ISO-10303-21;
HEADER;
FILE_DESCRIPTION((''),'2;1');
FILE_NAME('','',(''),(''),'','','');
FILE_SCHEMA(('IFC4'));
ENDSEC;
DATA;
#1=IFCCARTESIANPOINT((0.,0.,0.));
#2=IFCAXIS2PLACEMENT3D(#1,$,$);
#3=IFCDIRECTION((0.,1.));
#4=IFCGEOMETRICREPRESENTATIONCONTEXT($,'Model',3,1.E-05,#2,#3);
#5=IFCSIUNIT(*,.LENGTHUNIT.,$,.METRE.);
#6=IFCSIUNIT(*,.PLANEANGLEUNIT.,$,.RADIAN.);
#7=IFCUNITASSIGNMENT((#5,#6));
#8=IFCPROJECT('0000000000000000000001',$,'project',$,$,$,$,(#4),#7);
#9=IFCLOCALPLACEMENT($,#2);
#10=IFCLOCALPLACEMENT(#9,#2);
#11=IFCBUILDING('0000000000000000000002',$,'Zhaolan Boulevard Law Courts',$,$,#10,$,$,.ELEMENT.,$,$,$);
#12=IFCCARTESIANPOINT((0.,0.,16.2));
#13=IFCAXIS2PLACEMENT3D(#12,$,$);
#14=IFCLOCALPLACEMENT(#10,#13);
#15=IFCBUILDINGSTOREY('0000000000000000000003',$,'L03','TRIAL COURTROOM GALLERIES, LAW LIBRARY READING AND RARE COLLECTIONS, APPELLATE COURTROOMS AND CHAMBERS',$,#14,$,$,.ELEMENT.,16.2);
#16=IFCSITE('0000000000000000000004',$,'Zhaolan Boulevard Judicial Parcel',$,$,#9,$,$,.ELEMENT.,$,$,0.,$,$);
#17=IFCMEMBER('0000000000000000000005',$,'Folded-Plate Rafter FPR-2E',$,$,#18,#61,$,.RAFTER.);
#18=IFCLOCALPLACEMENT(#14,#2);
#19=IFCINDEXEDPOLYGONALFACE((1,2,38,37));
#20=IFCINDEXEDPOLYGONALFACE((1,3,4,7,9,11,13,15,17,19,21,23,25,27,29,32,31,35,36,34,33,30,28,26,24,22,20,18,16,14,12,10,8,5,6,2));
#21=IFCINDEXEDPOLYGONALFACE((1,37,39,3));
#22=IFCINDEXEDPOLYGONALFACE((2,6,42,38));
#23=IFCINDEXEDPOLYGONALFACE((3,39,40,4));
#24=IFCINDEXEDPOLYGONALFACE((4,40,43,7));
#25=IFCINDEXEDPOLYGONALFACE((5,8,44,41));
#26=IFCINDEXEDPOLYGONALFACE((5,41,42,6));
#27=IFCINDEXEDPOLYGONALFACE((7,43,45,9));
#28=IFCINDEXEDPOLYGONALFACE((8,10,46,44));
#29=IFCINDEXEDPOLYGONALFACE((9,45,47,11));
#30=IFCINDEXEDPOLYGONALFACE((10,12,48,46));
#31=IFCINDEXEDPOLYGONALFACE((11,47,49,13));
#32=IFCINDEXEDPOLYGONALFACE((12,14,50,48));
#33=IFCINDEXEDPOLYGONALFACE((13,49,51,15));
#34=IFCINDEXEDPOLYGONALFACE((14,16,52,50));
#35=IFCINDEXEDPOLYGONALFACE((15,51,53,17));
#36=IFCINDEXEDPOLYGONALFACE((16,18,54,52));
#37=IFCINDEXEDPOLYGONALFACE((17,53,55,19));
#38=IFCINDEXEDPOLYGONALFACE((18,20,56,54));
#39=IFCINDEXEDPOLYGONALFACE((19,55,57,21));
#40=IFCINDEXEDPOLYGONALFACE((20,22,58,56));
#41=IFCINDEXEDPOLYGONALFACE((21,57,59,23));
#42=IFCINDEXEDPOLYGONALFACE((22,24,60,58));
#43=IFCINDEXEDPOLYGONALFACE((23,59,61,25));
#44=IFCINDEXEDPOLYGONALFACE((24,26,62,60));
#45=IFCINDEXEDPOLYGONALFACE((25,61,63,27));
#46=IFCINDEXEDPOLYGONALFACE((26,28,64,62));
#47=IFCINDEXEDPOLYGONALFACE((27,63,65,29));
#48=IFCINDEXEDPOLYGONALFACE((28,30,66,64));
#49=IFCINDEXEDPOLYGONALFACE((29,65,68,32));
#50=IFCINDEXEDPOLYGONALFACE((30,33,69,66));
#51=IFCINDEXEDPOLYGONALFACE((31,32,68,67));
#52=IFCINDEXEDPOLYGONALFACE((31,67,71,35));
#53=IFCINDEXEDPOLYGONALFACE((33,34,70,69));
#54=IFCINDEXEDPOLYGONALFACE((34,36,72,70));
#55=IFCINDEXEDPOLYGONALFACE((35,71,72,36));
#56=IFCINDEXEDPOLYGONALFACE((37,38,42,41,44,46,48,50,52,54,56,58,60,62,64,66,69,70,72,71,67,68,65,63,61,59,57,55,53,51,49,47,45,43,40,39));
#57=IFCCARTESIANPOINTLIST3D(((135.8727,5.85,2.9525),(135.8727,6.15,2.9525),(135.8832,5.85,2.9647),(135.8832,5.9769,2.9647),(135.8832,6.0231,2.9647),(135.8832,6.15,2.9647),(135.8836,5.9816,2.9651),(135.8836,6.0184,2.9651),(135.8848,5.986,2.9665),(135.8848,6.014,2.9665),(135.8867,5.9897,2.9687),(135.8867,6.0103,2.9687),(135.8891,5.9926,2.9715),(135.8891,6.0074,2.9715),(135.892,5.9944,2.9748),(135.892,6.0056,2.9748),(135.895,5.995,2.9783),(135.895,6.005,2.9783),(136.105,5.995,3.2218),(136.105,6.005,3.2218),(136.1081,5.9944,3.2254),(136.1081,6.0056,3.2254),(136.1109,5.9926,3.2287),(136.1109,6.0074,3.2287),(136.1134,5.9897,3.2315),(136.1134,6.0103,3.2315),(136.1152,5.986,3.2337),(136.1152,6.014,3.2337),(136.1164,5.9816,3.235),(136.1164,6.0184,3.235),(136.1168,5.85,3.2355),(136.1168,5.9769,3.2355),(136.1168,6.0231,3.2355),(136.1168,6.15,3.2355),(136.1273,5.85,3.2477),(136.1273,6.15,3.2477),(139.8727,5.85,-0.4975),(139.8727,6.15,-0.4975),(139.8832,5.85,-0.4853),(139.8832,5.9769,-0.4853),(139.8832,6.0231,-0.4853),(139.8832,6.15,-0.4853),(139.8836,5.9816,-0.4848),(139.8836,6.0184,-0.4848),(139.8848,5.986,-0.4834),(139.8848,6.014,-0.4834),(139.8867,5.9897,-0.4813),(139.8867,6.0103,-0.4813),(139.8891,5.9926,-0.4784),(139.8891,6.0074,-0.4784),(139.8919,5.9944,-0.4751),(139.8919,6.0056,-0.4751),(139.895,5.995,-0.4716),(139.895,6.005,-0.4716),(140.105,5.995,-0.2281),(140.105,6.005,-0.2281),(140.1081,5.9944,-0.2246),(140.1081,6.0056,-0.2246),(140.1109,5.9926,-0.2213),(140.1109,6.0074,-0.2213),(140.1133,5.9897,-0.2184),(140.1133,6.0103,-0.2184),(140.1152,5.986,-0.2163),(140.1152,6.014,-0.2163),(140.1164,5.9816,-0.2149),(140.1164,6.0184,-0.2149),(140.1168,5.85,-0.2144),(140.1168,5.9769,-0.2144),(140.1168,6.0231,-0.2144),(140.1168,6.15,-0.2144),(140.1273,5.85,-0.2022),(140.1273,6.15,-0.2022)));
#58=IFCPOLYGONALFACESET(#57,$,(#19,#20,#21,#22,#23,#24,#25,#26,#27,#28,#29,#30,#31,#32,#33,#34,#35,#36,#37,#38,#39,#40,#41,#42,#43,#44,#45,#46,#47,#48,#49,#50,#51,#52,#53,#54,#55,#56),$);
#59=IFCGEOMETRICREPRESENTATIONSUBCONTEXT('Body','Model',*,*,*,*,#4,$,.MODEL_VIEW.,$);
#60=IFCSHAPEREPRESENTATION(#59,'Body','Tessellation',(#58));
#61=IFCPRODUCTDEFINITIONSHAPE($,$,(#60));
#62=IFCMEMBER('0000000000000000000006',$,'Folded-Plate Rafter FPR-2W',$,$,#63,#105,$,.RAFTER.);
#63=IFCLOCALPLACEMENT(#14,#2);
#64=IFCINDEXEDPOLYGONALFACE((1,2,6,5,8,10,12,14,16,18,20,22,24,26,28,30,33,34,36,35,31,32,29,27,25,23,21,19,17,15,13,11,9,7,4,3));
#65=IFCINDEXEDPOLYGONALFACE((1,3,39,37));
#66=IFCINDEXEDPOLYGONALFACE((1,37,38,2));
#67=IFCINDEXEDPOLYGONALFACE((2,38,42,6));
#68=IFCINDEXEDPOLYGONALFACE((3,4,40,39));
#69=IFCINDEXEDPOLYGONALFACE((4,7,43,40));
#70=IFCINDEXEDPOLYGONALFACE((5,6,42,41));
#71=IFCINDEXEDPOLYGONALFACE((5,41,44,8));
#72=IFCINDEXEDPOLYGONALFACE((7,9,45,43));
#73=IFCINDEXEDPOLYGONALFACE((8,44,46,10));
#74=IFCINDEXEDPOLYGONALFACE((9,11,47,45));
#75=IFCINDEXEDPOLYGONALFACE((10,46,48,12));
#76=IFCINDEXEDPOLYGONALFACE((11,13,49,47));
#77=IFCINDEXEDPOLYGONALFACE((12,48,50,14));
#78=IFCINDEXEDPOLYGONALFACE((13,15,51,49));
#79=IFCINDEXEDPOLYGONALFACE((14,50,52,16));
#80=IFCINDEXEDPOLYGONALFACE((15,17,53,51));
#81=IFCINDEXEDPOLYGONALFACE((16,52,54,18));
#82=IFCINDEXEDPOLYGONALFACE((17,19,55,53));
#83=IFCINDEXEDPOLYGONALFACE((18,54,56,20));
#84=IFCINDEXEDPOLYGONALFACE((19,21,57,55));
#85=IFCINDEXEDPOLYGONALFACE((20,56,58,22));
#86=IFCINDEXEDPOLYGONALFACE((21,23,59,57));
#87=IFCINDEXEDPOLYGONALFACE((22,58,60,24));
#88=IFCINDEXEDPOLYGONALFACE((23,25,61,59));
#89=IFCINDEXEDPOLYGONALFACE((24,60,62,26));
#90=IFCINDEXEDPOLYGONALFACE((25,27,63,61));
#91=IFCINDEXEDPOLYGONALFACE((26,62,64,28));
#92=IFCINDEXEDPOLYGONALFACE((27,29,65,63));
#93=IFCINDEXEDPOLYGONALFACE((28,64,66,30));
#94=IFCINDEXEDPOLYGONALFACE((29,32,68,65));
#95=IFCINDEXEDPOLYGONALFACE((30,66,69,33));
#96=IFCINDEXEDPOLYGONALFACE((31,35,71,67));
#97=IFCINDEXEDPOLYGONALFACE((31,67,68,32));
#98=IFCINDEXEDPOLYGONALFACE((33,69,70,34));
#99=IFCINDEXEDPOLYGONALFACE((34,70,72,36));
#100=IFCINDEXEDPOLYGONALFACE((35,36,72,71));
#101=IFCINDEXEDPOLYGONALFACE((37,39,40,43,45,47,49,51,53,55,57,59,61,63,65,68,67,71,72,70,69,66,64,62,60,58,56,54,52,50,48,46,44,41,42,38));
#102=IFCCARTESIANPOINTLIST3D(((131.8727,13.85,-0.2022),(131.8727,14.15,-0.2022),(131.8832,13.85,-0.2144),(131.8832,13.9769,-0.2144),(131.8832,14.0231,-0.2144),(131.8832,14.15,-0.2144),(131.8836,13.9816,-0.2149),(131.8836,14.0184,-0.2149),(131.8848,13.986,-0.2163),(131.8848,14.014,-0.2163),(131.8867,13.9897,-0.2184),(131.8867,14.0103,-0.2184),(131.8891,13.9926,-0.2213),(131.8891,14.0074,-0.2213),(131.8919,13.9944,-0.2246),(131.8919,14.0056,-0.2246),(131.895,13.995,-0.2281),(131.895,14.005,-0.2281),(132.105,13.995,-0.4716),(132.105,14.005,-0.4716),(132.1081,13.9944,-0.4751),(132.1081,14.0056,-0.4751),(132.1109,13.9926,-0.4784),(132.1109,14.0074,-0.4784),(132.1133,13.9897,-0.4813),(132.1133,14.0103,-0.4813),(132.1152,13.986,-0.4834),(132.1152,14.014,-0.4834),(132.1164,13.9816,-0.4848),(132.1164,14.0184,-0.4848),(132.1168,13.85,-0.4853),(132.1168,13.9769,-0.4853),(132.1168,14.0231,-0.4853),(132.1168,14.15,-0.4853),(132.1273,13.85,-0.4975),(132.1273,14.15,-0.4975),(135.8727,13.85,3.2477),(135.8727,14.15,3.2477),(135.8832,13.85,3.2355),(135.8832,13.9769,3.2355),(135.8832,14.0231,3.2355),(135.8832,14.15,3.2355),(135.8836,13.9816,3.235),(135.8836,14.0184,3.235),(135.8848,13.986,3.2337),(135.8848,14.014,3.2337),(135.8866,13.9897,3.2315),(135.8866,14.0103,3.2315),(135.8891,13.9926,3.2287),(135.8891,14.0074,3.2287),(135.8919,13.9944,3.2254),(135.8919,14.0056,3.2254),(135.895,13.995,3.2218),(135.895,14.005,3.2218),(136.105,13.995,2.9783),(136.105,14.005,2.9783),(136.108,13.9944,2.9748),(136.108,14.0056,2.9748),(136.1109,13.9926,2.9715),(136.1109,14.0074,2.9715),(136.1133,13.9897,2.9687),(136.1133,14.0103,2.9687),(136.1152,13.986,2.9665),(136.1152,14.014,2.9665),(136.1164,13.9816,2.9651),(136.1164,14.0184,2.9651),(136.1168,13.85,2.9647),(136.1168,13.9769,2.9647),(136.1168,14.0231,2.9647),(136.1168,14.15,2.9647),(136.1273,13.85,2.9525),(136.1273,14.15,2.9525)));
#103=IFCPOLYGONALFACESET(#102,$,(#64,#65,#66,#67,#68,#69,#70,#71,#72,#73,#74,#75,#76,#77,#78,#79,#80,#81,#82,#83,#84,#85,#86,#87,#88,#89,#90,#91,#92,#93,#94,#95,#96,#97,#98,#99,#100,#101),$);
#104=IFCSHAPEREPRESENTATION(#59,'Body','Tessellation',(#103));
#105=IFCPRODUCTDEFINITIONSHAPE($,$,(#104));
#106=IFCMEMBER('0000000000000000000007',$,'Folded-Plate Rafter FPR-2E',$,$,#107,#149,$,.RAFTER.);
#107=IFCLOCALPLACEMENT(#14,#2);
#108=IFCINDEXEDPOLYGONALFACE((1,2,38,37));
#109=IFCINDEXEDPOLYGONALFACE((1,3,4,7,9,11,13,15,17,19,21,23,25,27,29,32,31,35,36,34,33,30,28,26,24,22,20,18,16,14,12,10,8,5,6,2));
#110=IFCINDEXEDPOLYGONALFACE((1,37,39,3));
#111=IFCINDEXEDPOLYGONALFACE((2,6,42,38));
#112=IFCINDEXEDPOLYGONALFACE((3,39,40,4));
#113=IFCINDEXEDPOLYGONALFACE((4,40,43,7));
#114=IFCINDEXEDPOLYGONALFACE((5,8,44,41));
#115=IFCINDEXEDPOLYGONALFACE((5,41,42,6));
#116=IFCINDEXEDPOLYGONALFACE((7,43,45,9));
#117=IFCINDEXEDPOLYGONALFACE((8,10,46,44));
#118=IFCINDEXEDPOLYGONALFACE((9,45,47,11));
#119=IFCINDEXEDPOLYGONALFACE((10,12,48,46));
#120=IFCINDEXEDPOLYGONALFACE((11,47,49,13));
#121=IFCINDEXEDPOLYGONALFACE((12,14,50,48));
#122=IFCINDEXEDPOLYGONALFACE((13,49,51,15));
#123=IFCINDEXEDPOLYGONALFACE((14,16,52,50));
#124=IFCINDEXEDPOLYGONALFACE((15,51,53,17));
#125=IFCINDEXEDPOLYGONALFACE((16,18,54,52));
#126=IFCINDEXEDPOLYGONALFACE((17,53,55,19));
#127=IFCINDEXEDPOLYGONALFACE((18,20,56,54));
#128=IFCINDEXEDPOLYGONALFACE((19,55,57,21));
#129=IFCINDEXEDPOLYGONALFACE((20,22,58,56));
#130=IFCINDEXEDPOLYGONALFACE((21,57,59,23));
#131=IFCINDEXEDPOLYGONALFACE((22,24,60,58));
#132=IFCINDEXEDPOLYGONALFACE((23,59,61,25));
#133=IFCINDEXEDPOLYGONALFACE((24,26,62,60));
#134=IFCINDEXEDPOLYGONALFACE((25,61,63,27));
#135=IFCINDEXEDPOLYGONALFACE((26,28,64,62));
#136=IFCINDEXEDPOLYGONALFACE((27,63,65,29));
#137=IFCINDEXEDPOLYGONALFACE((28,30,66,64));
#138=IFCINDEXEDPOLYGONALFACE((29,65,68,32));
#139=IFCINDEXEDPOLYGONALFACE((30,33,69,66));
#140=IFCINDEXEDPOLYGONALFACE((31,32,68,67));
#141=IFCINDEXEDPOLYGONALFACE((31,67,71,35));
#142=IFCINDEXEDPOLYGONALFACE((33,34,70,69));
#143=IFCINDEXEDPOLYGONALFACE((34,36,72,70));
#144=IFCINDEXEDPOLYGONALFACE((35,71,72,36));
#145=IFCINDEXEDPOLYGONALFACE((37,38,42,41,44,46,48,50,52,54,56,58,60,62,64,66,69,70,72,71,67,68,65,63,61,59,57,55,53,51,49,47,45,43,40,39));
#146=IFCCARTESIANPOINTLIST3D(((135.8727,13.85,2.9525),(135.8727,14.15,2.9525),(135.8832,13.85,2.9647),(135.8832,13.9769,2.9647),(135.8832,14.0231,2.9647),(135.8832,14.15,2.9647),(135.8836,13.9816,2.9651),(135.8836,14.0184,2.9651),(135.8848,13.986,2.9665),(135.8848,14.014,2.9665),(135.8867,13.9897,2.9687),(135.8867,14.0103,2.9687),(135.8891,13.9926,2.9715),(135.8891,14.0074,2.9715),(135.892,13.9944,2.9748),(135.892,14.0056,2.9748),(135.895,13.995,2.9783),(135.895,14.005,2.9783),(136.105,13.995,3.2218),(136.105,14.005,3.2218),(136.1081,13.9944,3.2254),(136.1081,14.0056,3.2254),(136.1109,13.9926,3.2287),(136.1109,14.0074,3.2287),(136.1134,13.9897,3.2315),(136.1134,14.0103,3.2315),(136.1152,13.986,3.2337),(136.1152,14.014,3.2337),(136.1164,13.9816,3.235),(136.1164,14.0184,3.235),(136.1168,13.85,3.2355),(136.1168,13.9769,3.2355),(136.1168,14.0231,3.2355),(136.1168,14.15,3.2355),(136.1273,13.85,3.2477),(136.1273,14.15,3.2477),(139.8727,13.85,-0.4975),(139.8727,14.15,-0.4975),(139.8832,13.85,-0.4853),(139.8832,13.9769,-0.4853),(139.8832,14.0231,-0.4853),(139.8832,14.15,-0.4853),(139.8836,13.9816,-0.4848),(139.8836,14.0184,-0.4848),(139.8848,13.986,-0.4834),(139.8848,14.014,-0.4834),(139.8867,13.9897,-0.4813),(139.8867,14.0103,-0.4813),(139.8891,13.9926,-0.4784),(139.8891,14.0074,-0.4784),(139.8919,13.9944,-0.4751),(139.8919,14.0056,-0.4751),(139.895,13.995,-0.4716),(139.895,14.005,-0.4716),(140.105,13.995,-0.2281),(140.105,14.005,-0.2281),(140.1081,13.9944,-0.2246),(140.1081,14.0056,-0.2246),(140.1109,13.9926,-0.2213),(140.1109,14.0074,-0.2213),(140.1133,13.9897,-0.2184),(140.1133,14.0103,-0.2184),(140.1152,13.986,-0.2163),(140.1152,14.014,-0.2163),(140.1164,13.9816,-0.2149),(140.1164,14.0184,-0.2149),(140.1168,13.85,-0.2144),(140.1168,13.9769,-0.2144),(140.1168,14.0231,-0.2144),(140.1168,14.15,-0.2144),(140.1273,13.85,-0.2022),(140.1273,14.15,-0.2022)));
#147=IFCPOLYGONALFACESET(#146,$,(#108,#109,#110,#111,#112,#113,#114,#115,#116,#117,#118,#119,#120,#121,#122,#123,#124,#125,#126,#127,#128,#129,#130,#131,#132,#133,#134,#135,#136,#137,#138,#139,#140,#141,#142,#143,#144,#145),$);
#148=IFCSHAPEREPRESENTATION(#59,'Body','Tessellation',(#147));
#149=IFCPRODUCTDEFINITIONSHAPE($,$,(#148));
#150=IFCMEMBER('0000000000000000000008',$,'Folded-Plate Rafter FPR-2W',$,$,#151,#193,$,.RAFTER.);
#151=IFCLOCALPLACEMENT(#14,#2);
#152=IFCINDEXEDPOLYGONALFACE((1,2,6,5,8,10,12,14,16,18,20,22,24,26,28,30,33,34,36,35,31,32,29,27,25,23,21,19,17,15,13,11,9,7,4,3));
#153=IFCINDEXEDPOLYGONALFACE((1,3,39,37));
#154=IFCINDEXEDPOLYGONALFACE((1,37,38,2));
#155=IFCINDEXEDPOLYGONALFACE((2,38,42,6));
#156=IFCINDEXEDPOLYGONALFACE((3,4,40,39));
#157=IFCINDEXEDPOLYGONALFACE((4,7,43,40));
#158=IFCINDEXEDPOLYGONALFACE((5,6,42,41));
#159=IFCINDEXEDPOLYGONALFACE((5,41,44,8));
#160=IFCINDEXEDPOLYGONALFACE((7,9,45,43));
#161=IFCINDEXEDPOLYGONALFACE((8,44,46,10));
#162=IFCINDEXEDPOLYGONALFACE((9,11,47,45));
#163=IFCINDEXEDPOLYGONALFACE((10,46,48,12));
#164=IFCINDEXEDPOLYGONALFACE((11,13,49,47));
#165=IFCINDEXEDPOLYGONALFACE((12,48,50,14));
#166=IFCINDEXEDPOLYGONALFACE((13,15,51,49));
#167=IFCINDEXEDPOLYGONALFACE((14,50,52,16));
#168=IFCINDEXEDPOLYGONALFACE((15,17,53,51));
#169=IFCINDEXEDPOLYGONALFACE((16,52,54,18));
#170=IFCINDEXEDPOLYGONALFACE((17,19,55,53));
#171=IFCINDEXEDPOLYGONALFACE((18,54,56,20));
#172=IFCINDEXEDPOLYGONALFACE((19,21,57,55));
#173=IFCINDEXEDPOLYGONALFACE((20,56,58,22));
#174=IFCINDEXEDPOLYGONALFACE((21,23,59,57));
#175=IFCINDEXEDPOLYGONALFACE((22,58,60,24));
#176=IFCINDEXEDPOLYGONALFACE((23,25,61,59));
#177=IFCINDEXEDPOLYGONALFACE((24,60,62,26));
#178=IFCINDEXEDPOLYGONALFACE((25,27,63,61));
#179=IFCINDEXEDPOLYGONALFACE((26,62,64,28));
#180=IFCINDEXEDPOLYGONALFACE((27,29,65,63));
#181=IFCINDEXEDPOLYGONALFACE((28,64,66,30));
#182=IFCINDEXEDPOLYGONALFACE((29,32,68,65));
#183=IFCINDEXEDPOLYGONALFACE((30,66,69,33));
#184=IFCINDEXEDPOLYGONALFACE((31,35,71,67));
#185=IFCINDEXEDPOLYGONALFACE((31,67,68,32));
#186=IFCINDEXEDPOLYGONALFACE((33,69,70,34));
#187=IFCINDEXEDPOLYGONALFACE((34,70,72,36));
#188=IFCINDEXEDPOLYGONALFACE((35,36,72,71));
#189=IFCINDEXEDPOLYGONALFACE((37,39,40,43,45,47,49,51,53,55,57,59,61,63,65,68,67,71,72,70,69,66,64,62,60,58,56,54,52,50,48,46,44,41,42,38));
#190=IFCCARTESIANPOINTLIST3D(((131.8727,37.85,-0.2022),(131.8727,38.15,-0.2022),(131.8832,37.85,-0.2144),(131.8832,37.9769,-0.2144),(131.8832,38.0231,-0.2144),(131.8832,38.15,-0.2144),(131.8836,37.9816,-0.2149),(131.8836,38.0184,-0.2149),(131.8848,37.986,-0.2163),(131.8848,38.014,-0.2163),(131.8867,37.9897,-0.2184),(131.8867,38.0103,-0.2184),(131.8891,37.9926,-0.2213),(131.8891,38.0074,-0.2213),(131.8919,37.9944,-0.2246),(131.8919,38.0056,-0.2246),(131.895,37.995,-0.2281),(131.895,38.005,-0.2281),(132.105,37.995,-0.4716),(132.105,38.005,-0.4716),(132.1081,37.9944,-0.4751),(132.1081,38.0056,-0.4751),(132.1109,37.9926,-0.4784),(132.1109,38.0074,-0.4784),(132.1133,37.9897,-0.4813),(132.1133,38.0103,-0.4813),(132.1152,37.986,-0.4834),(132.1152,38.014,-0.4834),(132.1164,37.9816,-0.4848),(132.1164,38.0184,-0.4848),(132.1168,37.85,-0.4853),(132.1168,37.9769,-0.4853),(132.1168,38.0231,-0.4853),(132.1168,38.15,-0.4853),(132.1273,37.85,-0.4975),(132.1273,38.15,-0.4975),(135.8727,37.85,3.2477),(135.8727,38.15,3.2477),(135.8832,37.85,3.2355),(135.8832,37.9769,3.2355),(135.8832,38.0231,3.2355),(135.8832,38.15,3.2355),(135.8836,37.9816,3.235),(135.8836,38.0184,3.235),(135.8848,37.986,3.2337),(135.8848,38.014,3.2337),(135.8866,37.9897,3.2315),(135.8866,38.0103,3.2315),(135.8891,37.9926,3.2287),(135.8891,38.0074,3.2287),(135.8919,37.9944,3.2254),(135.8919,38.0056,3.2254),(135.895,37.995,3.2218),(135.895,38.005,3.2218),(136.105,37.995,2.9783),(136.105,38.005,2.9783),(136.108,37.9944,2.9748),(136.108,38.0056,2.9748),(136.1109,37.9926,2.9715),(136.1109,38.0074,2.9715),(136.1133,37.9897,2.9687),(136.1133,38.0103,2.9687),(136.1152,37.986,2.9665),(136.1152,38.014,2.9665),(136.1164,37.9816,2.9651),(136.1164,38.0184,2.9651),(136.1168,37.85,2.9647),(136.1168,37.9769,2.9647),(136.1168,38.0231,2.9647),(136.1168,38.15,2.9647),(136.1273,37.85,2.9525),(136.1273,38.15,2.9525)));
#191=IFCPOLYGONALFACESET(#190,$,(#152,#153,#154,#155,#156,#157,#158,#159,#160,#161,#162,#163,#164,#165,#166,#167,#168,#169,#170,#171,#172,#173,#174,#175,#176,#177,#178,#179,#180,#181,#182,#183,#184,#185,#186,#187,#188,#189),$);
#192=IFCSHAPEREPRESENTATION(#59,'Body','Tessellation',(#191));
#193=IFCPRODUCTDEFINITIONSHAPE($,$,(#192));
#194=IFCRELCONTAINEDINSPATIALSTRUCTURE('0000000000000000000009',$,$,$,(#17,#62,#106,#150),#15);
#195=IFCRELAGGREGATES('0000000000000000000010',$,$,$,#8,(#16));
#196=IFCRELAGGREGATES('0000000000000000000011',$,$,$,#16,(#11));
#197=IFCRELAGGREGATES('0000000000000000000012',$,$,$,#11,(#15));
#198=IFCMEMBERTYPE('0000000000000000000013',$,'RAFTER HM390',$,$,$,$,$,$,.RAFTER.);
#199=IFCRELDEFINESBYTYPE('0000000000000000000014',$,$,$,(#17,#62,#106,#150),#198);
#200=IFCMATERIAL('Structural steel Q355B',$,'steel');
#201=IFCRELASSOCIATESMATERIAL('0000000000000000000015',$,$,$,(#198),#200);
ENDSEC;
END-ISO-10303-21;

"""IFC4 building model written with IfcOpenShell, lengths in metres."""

from ifc_helpers import new_model, si_unit, direction, frame, origin, origin_2d, place, context, subcontext, project, spatial, i_section, extrude, material, material_profile, profile_set, type_object, element, save


model = new_model("IFC4")

# Units and contexts
model_context = context("Model", 3, precision=1e-05, world=origin(), true_north=direction((0.0, 1.0)))
body_context = subcontext(model_context, "Body", "Model", "MODEL_VIEW")
ifc_project = project(units=[si_unit("LENGTHUNIT", "METRE"), si_unit("PLANEANGLEUNIT", "RADIAN")], contexts=[model_context])

# Site, building, storey
site_placement = place(None, origin())
site = spatial("IfcSite", under=ifc_project, at=site_placement, Name="Zhaolan Boulevard Judicial Parcel", CompositionType="ELEMENT", RefElevation=0.0)
building_placement = place(site_placement, origin())
building = spatial("IfcBuilding", under=site, at=building_placement, Name="Zhaolan Boulevard Law Courts", CompositionType="ELEMENT")
storey_placement = place(building_placement, frame((0.0, 0.0, 16.2)))
storey = spatial("IfcBuildingStorey", under=building, at=storey_placement, Name="L03", Description="TRIAL COURTROOM GALLERIES, LAW LIBRARY READING AND RARE COLLECTIONS, APPELLATE COURTROOMS AND CHAMBERS", CompositionType="ELEMENT", Elevation=16.2)

# Members
ifc_material_1 = material(Name="Structural steel Q355B", Category="steel")
ifc_material_profile_1 = material_profile(ifc_material_1, i_section(OverallWidth=0.3, OverallDepth=0.3899, WebThickness=0.01, FlangeThickness=0.0161, FilletRadius=0.0181, at=origin_2d()), Name="HM390x300")
ifc_profile_set_1 = profile_set([ifc_material_profile_1], Name="Structural steel Q355B")
member_type_1 = type_object("IfcMemberType", Name="RAFTER HM390", PredefinedType="RAFTER", material=ifc_profile_set_1)
for number, where, z_axis, x_axis, name in (
    (1, (140.0, 6.0, -0.3499), (-0.757253, 0.0, 0.653122), (0.0, -1.0, 0.0), "Folded-Plate Rafter FPR-2E"),
    (2, (132.0, 14.0, -0.3499), (0.757253, 0.0, 0.653122), (0.0, 1.0, 0.0), "Folded-Plate Rafter FPR-2W"),
    (3, (140.0, 14.0, -0.3499), (-0.757253, 0.0, 0.653122), (0.0, -1.0, 0.0), "Folded-Plate Rafter FPR-2E"),
    (4, (132.0, 38.0, -0.3499), (0.757253, 0.0, 0.653122), (0.0, 1.0, 0.0), "Folded-Plate Rafter FPR-2W"),
):
    element("IfcMember", number, at=place(storey_placement, frame(where, z_axis=z_axis, x_axis=x_axis)), inside=storey, type_object=member_type_1, Name=name, PredefinedType="RAFTER", context=body_context, shape_type="SweptSolid", body=[
        extrude(i_section(OverallWidth=0.3, OverallDepth=0.3899, WebThickness=0.01, FlangeThickness=0.0161, FilletRadius=0.0181, at=origin_2d()), origin(), (0.0, 0.0, 1.0), 5.2822),
    ])

save(model, "model.ifc")
